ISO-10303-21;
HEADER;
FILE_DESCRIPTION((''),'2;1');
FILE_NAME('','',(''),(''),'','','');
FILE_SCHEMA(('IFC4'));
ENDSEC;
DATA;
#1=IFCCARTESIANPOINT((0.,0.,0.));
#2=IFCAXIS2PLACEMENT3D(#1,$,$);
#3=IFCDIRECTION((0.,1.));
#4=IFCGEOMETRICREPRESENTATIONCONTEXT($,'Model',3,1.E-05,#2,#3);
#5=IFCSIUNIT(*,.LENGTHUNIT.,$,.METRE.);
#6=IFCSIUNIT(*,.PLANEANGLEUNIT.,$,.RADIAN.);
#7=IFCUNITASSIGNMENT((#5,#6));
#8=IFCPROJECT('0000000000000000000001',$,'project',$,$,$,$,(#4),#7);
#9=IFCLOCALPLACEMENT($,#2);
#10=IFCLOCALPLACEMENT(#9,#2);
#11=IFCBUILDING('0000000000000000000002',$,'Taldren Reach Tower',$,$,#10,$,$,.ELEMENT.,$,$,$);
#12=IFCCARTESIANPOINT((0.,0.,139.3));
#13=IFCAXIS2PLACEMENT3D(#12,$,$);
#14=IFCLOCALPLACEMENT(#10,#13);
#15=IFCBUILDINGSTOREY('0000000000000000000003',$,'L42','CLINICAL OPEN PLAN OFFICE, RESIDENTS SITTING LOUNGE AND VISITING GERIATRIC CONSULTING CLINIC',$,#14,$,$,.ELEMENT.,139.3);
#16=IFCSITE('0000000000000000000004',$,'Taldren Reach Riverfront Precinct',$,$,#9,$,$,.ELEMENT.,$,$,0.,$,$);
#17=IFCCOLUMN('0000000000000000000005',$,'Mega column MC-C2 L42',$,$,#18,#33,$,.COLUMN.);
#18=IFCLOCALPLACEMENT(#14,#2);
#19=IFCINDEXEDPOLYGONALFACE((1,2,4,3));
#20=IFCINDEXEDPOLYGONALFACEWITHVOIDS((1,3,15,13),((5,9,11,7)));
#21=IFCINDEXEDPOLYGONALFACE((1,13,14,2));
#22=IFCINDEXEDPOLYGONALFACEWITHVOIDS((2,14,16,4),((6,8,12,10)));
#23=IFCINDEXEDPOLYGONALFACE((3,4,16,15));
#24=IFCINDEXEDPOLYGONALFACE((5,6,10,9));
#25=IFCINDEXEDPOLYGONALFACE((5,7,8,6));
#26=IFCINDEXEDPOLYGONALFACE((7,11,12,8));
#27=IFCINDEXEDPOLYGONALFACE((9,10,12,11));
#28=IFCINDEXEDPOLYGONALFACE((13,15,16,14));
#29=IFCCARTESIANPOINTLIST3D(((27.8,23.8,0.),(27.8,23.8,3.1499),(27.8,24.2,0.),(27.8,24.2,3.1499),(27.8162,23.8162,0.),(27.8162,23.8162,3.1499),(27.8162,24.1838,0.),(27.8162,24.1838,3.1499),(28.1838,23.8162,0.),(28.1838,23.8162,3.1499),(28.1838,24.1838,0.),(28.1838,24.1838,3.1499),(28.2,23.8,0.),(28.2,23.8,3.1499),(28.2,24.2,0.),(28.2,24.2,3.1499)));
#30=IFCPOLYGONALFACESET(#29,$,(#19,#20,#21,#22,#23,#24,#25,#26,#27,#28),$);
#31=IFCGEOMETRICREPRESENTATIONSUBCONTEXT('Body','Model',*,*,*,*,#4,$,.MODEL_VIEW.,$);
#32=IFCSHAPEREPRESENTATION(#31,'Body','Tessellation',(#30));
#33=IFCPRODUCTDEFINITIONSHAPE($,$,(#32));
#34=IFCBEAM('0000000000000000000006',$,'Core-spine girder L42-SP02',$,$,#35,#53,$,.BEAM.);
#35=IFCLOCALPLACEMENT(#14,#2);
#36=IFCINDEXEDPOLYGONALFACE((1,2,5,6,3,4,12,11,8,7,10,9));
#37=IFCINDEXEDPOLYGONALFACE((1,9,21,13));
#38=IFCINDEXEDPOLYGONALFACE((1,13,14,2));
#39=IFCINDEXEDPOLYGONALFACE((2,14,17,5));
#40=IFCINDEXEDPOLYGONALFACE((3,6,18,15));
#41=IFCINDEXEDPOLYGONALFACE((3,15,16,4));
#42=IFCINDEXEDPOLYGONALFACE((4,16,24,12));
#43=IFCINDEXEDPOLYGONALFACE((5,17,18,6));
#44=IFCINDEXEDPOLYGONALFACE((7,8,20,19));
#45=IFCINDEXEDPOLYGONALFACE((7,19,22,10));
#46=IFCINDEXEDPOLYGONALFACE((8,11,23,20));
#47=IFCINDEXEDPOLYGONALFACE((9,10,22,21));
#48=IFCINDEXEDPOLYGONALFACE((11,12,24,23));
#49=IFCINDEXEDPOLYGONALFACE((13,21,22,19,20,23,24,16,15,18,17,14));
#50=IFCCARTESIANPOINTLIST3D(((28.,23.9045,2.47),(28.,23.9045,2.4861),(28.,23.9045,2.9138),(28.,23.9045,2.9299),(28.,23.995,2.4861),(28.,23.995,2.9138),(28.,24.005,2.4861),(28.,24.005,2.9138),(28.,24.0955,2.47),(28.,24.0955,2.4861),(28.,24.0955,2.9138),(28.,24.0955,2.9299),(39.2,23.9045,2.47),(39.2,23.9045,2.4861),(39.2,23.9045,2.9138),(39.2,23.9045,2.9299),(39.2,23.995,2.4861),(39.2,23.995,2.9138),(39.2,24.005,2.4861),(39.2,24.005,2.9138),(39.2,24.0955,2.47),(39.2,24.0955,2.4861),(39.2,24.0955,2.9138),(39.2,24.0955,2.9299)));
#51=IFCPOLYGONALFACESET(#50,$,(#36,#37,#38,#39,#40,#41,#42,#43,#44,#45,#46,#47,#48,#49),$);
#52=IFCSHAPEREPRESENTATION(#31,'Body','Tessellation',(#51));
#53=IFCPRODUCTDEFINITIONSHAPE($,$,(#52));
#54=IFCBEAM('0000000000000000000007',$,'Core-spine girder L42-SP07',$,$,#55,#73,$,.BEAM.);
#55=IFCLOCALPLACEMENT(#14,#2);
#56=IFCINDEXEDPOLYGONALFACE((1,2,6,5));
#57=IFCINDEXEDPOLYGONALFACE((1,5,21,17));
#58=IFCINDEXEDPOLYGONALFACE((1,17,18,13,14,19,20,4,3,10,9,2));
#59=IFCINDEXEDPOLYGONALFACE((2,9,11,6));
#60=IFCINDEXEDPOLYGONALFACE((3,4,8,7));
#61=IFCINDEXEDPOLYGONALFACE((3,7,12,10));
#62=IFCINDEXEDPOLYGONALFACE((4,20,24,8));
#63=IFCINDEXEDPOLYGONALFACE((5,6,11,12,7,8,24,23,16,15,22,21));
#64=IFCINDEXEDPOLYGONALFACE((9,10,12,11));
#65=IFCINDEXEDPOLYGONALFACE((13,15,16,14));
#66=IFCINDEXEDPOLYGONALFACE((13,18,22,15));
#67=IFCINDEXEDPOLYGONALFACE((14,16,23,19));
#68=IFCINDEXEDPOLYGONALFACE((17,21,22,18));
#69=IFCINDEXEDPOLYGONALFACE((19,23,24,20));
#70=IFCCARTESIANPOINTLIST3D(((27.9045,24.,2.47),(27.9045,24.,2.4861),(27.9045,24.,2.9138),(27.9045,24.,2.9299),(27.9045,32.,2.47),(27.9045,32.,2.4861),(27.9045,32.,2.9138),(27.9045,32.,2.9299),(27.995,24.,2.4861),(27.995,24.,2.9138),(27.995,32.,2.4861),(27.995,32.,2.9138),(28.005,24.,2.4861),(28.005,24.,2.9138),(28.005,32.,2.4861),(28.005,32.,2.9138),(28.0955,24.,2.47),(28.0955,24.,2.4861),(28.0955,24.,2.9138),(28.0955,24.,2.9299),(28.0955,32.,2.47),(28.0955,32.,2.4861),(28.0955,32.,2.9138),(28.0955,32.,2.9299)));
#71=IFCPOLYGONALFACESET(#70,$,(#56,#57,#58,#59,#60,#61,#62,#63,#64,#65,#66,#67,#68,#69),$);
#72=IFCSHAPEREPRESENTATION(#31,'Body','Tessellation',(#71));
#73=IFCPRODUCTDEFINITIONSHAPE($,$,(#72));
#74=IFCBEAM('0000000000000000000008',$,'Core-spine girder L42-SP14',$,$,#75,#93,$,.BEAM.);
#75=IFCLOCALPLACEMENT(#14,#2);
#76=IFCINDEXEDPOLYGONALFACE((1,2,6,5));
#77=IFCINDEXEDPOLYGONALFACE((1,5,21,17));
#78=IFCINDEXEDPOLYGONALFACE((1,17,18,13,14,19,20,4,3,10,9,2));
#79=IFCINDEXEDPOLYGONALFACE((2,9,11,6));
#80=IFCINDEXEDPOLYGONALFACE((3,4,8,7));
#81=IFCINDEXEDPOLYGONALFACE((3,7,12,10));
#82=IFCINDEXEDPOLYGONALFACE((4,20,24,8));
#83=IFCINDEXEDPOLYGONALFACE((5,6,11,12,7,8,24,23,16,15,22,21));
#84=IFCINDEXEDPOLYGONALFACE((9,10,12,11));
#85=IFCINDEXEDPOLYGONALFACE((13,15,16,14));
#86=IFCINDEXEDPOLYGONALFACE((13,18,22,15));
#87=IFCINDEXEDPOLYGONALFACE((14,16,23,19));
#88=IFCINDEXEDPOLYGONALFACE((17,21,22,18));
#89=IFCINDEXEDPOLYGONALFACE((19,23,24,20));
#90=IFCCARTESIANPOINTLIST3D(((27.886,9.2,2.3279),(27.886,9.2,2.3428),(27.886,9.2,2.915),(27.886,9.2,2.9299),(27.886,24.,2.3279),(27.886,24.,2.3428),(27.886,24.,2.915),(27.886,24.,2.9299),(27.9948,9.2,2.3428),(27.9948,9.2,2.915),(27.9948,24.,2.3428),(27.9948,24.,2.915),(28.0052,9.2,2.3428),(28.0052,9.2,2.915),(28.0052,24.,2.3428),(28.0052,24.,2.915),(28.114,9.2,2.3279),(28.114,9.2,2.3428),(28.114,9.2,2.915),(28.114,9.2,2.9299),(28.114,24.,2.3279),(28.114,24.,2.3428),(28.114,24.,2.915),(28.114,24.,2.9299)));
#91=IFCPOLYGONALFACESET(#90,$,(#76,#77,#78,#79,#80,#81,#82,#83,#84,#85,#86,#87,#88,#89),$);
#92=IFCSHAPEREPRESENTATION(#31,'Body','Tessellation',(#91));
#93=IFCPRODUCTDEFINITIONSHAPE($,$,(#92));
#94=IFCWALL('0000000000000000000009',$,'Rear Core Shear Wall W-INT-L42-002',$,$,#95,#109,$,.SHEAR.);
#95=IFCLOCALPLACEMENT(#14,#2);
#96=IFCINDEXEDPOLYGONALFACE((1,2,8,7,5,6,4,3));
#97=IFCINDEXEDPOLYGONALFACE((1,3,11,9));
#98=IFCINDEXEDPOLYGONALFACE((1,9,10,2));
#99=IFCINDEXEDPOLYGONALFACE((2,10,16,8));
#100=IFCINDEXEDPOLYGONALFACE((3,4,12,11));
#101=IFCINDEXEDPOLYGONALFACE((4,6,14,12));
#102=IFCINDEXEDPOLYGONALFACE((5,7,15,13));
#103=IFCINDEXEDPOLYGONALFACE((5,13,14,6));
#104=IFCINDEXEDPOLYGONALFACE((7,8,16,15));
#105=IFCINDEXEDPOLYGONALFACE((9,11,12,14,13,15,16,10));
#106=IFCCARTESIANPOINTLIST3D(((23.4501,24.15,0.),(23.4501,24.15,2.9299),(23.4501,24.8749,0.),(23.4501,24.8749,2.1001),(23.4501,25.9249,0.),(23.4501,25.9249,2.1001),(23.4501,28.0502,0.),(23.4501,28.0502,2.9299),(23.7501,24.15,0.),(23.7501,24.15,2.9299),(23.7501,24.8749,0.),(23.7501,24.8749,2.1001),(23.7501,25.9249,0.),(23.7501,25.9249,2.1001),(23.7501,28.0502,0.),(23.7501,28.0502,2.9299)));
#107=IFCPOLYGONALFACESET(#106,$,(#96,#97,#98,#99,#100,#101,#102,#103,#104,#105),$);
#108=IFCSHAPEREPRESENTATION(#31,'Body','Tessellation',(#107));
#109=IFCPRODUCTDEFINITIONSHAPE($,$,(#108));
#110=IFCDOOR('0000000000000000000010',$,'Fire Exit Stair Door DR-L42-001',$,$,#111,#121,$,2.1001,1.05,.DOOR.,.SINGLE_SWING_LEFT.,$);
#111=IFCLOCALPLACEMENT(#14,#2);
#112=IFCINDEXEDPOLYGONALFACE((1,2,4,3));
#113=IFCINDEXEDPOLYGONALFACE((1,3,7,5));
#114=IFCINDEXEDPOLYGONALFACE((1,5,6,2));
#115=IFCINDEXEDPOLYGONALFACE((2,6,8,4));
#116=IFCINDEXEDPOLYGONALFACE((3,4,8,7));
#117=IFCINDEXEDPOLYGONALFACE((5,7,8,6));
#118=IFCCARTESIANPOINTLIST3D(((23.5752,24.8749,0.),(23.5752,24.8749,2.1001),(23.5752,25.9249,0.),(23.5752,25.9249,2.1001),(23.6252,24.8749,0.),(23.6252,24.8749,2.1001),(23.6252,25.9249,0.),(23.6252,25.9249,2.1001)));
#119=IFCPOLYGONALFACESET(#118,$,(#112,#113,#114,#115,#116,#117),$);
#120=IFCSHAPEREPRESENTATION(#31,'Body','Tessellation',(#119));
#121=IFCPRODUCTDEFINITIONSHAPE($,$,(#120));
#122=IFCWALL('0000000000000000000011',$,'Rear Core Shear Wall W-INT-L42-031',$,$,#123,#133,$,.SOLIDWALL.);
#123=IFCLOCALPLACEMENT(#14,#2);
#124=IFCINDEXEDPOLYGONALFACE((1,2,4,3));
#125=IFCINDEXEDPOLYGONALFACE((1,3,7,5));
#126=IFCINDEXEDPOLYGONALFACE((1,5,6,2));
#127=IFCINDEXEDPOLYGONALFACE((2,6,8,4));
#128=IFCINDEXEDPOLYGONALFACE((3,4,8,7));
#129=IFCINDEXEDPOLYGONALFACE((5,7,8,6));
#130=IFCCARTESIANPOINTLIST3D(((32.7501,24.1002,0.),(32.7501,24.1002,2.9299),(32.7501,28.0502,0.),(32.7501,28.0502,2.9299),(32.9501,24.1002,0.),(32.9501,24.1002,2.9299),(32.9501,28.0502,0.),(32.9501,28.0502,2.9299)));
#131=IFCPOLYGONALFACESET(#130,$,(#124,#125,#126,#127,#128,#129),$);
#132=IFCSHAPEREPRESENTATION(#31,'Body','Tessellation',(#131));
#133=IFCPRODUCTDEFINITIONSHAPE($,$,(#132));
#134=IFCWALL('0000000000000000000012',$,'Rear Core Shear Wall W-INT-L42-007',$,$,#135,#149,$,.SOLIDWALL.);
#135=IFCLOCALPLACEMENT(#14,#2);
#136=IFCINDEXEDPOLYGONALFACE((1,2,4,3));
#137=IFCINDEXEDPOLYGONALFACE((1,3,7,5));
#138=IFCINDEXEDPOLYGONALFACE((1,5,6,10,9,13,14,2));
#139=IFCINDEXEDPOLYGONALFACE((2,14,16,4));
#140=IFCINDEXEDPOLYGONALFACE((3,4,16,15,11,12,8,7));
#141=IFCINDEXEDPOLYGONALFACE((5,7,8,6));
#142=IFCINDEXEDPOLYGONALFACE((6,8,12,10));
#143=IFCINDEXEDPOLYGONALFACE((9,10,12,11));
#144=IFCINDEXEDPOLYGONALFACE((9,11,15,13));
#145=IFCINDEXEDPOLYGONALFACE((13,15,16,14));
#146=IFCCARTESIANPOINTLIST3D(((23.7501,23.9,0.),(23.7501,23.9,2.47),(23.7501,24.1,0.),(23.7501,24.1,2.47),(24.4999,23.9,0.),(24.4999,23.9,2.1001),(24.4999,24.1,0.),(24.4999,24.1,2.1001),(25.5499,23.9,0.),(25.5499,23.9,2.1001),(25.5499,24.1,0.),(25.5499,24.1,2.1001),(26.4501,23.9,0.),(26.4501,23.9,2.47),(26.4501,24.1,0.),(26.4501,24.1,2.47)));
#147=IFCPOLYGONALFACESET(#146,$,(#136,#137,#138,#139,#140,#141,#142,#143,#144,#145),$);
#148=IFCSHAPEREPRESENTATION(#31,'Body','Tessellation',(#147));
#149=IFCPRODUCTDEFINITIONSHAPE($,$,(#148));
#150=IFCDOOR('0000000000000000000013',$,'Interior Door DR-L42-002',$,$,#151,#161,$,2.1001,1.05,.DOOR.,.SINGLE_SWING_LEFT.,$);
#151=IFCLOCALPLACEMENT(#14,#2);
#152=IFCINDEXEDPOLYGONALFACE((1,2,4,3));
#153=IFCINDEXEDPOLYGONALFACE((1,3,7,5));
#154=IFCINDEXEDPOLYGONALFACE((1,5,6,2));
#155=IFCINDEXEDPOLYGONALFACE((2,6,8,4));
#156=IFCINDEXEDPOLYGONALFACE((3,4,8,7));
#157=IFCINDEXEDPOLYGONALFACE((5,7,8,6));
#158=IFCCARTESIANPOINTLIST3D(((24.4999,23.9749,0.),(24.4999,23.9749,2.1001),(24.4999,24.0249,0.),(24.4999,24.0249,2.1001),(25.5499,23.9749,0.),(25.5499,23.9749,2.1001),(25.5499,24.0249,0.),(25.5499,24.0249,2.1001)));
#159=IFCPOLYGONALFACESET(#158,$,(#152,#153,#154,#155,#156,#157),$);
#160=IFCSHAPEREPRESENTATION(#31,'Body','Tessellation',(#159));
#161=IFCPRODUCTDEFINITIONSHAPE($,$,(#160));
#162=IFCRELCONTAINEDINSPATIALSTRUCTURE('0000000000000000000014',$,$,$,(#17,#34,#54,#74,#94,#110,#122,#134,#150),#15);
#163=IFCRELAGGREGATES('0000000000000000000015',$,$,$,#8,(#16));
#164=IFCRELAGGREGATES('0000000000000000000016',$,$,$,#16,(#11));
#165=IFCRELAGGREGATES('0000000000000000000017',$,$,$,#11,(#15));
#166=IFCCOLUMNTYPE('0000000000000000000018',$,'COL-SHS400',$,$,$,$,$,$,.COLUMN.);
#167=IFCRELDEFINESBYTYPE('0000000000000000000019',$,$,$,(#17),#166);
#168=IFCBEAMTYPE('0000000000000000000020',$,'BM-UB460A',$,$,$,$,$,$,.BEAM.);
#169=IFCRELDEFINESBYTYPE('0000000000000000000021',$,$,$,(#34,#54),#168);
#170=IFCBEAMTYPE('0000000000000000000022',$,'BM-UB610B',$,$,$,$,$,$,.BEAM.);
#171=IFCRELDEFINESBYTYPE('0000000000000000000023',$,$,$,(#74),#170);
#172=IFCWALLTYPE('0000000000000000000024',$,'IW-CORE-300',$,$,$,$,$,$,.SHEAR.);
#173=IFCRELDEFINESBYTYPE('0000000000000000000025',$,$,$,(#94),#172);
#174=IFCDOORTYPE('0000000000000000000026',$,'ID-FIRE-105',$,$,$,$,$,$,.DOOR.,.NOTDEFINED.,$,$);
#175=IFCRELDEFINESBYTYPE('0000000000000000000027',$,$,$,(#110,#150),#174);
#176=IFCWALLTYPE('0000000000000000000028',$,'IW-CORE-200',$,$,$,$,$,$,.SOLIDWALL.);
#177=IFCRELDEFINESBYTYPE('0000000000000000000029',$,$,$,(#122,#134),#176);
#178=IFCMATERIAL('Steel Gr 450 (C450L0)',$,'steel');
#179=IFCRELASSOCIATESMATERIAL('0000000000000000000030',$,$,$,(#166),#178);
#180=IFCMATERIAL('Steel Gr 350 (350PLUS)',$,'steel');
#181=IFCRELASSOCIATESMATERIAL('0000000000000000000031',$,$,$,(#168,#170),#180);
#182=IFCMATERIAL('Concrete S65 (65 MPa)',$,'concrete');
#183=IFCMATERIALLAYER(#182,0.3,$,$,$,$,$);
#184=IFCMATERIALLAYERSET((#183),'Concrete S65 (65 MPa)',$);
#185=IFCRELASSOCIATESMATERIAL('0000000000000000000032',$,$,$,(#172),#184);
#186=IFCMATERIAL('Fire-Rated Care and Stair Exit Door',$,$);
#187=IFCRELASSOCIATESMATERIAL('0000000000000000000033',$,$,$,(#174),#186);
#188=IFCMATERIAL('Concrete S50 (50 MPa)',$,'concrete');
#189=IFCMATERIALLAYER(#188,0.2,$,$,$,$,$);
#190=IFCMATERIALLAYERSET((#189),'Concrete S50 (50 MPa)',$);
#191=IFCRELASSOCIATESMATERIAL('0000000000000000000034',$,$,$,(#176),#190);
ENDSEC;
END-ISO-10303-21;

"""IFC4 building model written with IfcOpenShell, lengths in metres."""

from ifc_helpers import new_model, si_unit, direction, frame, frame_2d, origin, origin_2d, place, context, subcontext, project, spatial, rectangle, hollow_rectangle, i_section, extrude, source, transform, mapped, material, layer, layer_set, material_profile, profile_set, type_object, element, fill, save


model = new_model("IFC4")

# Units and contexts
model_context = context("Model", 3, precision=1e-05, world=origin(), true_north=direction((0.0, 1.0)))
body_context = subcontext(model_context, "Body", "Model", "MODEL_VIEW")
ifc_project = project(units=[si_unit("LENGTHUNIT", "METRE"), si_unit("PLANEANGLEUNIT", "RADIAN")], contexts=[model_context])

# Site, building, storey
site_placement = place(None, origin())
site = spatial("IfcSite", under=ifc_project, at=site_placement, Name="Taldren Reach Riverfront Precinct", CompositionType="ELEMENT", RefElevation=0.0)
building_placement = place(site_placement, origin())
building = spatial("IfcBuilding", under=site, at=building_placement, Name="Taldren Reach Tower", CompositionType="ELEMENT")
storey_placement = place(building_placement, frame((0.0, 0.0, 139.3)))
storey = spatial("IfcBuildingStorey", under=building, at=storey_placement, Name="L42", Description="CLINICAL OPEN PLAN OFFICE, RESIDENTS SITTING LOUNGE AND VISITING GERIATRIC CONSULTING CLINIC", CompositionType="ELEMENT", Elevation=139.3)

# Column
ifc_material_1 = material(Name="Steel Gr 450 (C450L0)", Category="steel")
ifc_material_profile_1 = material_profile(ifc_material_1, hollow_rectangle(XDim=0.3999, YDim=0.3999, WallThickness=0.0161, at=origin_2d()), Name="400x400x16.0SHS")
ifc_profile_set_1 = profile_set([ifc_material_profile_1], Name="Steel Gr 450 (C450L0)")
column_type = type_object("IfcColumnType", Name="COL-SHS400", PredefinedType="COLUMN", material=ifc_profile_set_1)
shared_shape_1 = source(origin(), body_context, "Body", "SweptSolid", [
    extrude(hollow_rectangle(XDim=0.3999, YDim=0.3999, WallThickness=0.0161, at=origin_2d()), origin(), (0.0, 0.0, 1.0), 3.1499),
])
column_placement = place(storey_placement, frame((28.0, 24.0, 0.0), z_axis=(0.0, 0.0, 1.0), x_axis=(1.0, 0.0, 0.0)))
element("IfcColumn", 1, at=column_placement, inside=storey, type_object=column_type, Name="Mega column MC-C2 L42", PredefinedType="COLUMN", context=body_context, shape_type="MappedRepresentation", body=[
    mapped(shared_shape_1, transform((0.0, 0.0, 0.0), scale=1.0)),
])

# Beams
ifc_material_2 = material(Name="Steel Gr 350 (350PLUS)", Category="steel")
ifc_material_profile_2 = material_profile(ifc_material_2, i_section(OverallWidth=0.1909, OverallDepth=0.46, WebThickness=0.01, FlangeThickness=0.0161, at=origin_2d()), Name="460UB82.1")
ifc_profile_set_2 = profile_set([ifc_material_profile_2], Name="Steel Gr 350 (350PLUS)")
beam_type_1 = type_object("IfcBeamType", Name="BM-UB460A", PredefinedType="BEAM", material=ifc_profile_set_2)
shared_shape_2 = source(origin(), body_context, "Body", "SweptSolid", [
    extrude(i_section(OverallWidth=0.1909, OverallDepth=0.46, WebThickness=0.01, FlangeThickness=0.0161, at=origin_2d()), origin(), (0.0, 0.0, 1.0), 11.2),
])
beam_1_placement = place(storey_placement, frame((28.0, 24.0, 2.7), z_axis=(1.0, 0.0, 0.0), x_axis=(0.0, 1.0, 0.0)))
element("IfcBeam", 2, at=beam_1_placement, inside=storey, type_object=beam_type_1, Name="Core-spine girder L42-SP02", PredefinedType="BEAM", context=body_context, shape_type="MappedRepresentation", body=[
    mapped(shared_shape_2, transform((0.0, 0.0, 0.0), scale=1.0)),
])
shared_shape_3 = source(origin(), body_context, "Body", "SweptSolid", [
    extrude(i_section(OverallWidth=0.1909, OverallDepth=0.46, WebThickness=0.01, FlangeThickness=0.0161, at=origin_2d()), origin(), (0.0, 0.0, 1.0), 8.0),
])
beam_2_placement = place(storey_placement, frame((28.0, 24.0, 2.7), z_axis=(0.0, 1.0, 0.0), x_axis=(-1.0, 0.0, 0.0)))
element("IfcBeam", 3, at=beam_2_placement, inside=storey, type_object=beam_type_1, Name="Core-spine girder L42-SP07", PredefinedType="BEAM", context=body_context, shape_type="MappedRepresentation", body=[
    mapped(shared_shape_3, transform((0.0, 0.0, 0.0), scale=1.0)),
])
ifc_material_profile_3 = material_profile(ifc_material_2, i_section(OverallWidth=0.228, OverallDepth=0.6021, WebThickness=0.0105, FlangeThickness=0.0149, at=origin_2d()), Name="610UB101")
ifc_profile_set_3 = profile_set([ifc_material_profile_3], Name="Steel Gr 350 (350PLUS)")
beam_type_2 = type_object("IfcBeamType", Name="BM-UB610B", PredefinedType="BEAM", material=ifc_profile_set_3)
shared_shape_4 = source(origin(), body_context, "Body", "SweptSolid", [
    extrude(i_section(OverallWidth=0.228, OverallDepth=0.6021, WebThickness=0.0105, FlangeThickness=0.0149, at=origin_2d()), origin(), (0.0, 0.0, 1.0), 14.8),
])
beam_3_placement = place(storey_placement, frame((28.0, 24.0, 2.6289), z_axis=(0.0, -1.0, 0.0), x_axis=(1.0, 0.0, 0.0)))
element("IfcBeam", 4, at=beam_3_placement, inside=storey, type_object=beam_type_2, Name="Core-spine girder L42-SP14", PredefinedType="BEAM", context=body_context, shape_type="MappedRepresentation", body=[
    mapped(shared_shape_4, transform((0.0, 0.0, 0.0), scale=1.0)),
])

# Wall, opening, door
ifc_material_3 = material(Name="Concrete S65 (65 MPa)", Category="concrete")
ifc_layer_1 = layer(ifc_material_3, 0.3)
ifc_layer_set_1 = layer_set([ifc_layer_1], Name="Concrete S65 (65 MPa)")
wall_type_1 = type_object("IfcWallType", Name="IW-CORE-300", PredefinedType="SHEAR", material=ifc_layer_set_1)
shared_shape_5 = source(origin(), body_context, "Body", "SweptSolid", [
    extrude(rectangle(XDim=3.9001, YDim=0.3, at=frame_2d((1.9502, 0.0))), origin(), (0.0, 0.0, 1.0), 2.9299),
])
wall_1_placement = place(storey_placement, frame((23.6001, 24.1499, 0.0), z_axis=(0.0, 0.0, 1.0), x_axis=(0.0, 1.0, 0.0)))
wall_1 = element("IfcWall", 5, at=wall_1_placement, inside=storey, type_object=wall_type_1, Name="Rear Core Shear Wall W-INT-L42-002", PredefinedType="SHEAR", context=body_context, shape_type="MappedRepresentation", body=[
    mapped(shared_shape_5, transform((0.0, 0.0, 0.0), scale=1.0)),
])
shared_shape_6 = source(origin(), body_context, "Body", "SweptSolid", [
    extrude(rectangle(XDim=1.05, YDim=2.1001, at=frame_2d((0.5249, 1.05))), frame((0.0, 0.1602, 0.0), z_axis=(0.0, -1.0, 0.0), x_axis=(1.0, 0.0, 0.0)), (0.0, 0.0, 1.0), 0.3201),
])
opening_1_placement = place(wall_1_placement, frame((0.7251, 0.0, 0.0)))
opening_1 = element("IfcOpeningElement", 6, at=opening_1_placement, cuts=wall_1, PredefinedType="OPENING", context=body_context, shape_type="MappedRepresentation", body=[
    mapped(shared_shape_6, transform((0.0, 0.0, 0.0), scale=1.0)),
])
ifc_material_4 = material(Name="Fire-Rated Care and Stair Exit Door")
door_type_1 = type_object("IfcDoorType", Name="ID-FIRE-105", OperationType="NOTDEFINED", PredefinedType="DOOR", material=ifc_material_4)
shared_shape_7 = source(origin(), body_context, "Body", "SweptSolid", [
    extrude(rectangle(XDim=1.05, YDim=2.1001, at=frame_2d((0.5249, 1.05))), frame((0.0, 0.0249, 0.0), z_axis=(0.0, -1.0, 0.0), x_axis=(1.0, 0.0, 0.0)), (0.0, 0.0, 1.0), 0.05),
])
door_1_placement = place(opening_1_placement, origin())
door_1 = element("IfcDoor", 7, at=door_1_placement, inside=storey, type_object=door_type_1, Name="Fire Exit Stair Door DR-L42-001", OperationType="SINGLE_SWING_LEFT", OverallHeight=2.1001, OverallWidth=1.05, PredefinedType="DOOR", context=body_context, shape_type="MappedRepresentation", body=[
    mapped(shared_shape_7, transform((0.0, 0.0, 0.0), scale=1.0)),
])
fill(opening_1, door_1)

# Wall
ifc_material_5 = material(Name="Concrete S50 (50 MPa)", Category="concrete")
ifc_layer_2 = layer(ifc_material_5, 0.2)
ifc_layer_set_2 = layer_set([ifc_layer_2], Name="Concrete S50 (50 MPa)")
wall_type_2 = type_object("IfcWallType", Name="IW-CORE-200", PredefinedType="SOLIDWALL", material=ifc_layer_set_2)
shared_shape_8 = source(origin(), body_context, "Body", "SweptSolid", [
    extrude(rectangle(XDim=3.95, YDim=0.2, at=frame_2d((1.9751, 0.0))), origin(), (0.0, 0.0, 1.0), 2.9299),
])
wall_2_placement = place(storey_placement, frame((32.8501, 24.1001, 0.0), z_axis=(0.0, 0.0, 1.0), x_axis=(0.0, 1.0, 0.0)))
element("IfcWall", 8, at=wall_2_placement, inside=storey, type_object=wall_type_2, Name="Rear Core Shear Wall W-INT-L42-031", PredefinedType="SOLIDWALL", context=body_context, shape_type="MappedRepresentation", body=[
    mapped(shared_shape_8, transform((0.0, 0.0, 0.0), scale=1.0)),
])

# Wall, opening, door
shared_shape_9 = source(origin(), body_context, "Body", "SweptSolid", [
    extrude(rectangle(XDim=2.7, YDim=0.2, at=frame_2d((1.3501, 0.0))), origin(), (0.0, 0.0, 1.0), 2.47),
])
wall_3_placement = place(storey_placement, frame((23.75, 24.0, 0.0), z_axis=(0.0, 0.0, 1.0), x_axis=(1.0, 0.0, 0.0)))
wall_3 = element("IfcWall", 9, at=wall_3_placement, inside=storey, type_object=wall_type_2, Name="Rear Core Shear Wall W-INT-L42-007", PredefinedType="SOLIDWALL", context=body_context, shape_type="MappedRepresentation", body=[
    mapped(shared_shape_9, transform((0.0, 0.0, 0.0), scale=1.0)),
])
shared_shape_10 = source(origin(), body_context, "Body", "SweptSolid", [
    extrude(rectangle(XDim=1.05, YDim=2.1001, at=frame_2d((0.5249, 1.05))), frame((0.0, 0.1099, 0.0), z_axis=(0.0, -1.0, 0.0), x_axis=(1.0, 0.0, 0.0)), (0.0, 0.0, 1.0), 0.22),
])
opening_2_placement = place(wall_3_placement, frame((0.75, 0.0, 0.0)))
opening_2 = element("IfcOpeningElement", 10, at=opening_2_placement, cuts=wall_3, PredefinedType="OPENING", context=body_context, shape_type="MappedRepresentation", body=[
    mapped(shared_shape_10, transform((0.0, 0.0, 0.0), scale=1.0)),
])
door_2_placement = place(opening_2_placement, origin())
door_2 = element("IfcDoor", 11, at=door_2_placement, inside=storey, type_object=door_type_1, Name="Interior Door DR-L42-002", OperationType="SINGLE_SWING_LEFT", OverallHeight=2.1001, OverallWidth=1.05, PredefinedType="DOOR", context=body_context, shape_type="MappedRepresentation", body=[
    mapped(shared_shape_7, transform((0.0, 0.0, 0.0), scale=1.0)),
])
fill(opening_2, door_2)

save(model, "model.ifc")
